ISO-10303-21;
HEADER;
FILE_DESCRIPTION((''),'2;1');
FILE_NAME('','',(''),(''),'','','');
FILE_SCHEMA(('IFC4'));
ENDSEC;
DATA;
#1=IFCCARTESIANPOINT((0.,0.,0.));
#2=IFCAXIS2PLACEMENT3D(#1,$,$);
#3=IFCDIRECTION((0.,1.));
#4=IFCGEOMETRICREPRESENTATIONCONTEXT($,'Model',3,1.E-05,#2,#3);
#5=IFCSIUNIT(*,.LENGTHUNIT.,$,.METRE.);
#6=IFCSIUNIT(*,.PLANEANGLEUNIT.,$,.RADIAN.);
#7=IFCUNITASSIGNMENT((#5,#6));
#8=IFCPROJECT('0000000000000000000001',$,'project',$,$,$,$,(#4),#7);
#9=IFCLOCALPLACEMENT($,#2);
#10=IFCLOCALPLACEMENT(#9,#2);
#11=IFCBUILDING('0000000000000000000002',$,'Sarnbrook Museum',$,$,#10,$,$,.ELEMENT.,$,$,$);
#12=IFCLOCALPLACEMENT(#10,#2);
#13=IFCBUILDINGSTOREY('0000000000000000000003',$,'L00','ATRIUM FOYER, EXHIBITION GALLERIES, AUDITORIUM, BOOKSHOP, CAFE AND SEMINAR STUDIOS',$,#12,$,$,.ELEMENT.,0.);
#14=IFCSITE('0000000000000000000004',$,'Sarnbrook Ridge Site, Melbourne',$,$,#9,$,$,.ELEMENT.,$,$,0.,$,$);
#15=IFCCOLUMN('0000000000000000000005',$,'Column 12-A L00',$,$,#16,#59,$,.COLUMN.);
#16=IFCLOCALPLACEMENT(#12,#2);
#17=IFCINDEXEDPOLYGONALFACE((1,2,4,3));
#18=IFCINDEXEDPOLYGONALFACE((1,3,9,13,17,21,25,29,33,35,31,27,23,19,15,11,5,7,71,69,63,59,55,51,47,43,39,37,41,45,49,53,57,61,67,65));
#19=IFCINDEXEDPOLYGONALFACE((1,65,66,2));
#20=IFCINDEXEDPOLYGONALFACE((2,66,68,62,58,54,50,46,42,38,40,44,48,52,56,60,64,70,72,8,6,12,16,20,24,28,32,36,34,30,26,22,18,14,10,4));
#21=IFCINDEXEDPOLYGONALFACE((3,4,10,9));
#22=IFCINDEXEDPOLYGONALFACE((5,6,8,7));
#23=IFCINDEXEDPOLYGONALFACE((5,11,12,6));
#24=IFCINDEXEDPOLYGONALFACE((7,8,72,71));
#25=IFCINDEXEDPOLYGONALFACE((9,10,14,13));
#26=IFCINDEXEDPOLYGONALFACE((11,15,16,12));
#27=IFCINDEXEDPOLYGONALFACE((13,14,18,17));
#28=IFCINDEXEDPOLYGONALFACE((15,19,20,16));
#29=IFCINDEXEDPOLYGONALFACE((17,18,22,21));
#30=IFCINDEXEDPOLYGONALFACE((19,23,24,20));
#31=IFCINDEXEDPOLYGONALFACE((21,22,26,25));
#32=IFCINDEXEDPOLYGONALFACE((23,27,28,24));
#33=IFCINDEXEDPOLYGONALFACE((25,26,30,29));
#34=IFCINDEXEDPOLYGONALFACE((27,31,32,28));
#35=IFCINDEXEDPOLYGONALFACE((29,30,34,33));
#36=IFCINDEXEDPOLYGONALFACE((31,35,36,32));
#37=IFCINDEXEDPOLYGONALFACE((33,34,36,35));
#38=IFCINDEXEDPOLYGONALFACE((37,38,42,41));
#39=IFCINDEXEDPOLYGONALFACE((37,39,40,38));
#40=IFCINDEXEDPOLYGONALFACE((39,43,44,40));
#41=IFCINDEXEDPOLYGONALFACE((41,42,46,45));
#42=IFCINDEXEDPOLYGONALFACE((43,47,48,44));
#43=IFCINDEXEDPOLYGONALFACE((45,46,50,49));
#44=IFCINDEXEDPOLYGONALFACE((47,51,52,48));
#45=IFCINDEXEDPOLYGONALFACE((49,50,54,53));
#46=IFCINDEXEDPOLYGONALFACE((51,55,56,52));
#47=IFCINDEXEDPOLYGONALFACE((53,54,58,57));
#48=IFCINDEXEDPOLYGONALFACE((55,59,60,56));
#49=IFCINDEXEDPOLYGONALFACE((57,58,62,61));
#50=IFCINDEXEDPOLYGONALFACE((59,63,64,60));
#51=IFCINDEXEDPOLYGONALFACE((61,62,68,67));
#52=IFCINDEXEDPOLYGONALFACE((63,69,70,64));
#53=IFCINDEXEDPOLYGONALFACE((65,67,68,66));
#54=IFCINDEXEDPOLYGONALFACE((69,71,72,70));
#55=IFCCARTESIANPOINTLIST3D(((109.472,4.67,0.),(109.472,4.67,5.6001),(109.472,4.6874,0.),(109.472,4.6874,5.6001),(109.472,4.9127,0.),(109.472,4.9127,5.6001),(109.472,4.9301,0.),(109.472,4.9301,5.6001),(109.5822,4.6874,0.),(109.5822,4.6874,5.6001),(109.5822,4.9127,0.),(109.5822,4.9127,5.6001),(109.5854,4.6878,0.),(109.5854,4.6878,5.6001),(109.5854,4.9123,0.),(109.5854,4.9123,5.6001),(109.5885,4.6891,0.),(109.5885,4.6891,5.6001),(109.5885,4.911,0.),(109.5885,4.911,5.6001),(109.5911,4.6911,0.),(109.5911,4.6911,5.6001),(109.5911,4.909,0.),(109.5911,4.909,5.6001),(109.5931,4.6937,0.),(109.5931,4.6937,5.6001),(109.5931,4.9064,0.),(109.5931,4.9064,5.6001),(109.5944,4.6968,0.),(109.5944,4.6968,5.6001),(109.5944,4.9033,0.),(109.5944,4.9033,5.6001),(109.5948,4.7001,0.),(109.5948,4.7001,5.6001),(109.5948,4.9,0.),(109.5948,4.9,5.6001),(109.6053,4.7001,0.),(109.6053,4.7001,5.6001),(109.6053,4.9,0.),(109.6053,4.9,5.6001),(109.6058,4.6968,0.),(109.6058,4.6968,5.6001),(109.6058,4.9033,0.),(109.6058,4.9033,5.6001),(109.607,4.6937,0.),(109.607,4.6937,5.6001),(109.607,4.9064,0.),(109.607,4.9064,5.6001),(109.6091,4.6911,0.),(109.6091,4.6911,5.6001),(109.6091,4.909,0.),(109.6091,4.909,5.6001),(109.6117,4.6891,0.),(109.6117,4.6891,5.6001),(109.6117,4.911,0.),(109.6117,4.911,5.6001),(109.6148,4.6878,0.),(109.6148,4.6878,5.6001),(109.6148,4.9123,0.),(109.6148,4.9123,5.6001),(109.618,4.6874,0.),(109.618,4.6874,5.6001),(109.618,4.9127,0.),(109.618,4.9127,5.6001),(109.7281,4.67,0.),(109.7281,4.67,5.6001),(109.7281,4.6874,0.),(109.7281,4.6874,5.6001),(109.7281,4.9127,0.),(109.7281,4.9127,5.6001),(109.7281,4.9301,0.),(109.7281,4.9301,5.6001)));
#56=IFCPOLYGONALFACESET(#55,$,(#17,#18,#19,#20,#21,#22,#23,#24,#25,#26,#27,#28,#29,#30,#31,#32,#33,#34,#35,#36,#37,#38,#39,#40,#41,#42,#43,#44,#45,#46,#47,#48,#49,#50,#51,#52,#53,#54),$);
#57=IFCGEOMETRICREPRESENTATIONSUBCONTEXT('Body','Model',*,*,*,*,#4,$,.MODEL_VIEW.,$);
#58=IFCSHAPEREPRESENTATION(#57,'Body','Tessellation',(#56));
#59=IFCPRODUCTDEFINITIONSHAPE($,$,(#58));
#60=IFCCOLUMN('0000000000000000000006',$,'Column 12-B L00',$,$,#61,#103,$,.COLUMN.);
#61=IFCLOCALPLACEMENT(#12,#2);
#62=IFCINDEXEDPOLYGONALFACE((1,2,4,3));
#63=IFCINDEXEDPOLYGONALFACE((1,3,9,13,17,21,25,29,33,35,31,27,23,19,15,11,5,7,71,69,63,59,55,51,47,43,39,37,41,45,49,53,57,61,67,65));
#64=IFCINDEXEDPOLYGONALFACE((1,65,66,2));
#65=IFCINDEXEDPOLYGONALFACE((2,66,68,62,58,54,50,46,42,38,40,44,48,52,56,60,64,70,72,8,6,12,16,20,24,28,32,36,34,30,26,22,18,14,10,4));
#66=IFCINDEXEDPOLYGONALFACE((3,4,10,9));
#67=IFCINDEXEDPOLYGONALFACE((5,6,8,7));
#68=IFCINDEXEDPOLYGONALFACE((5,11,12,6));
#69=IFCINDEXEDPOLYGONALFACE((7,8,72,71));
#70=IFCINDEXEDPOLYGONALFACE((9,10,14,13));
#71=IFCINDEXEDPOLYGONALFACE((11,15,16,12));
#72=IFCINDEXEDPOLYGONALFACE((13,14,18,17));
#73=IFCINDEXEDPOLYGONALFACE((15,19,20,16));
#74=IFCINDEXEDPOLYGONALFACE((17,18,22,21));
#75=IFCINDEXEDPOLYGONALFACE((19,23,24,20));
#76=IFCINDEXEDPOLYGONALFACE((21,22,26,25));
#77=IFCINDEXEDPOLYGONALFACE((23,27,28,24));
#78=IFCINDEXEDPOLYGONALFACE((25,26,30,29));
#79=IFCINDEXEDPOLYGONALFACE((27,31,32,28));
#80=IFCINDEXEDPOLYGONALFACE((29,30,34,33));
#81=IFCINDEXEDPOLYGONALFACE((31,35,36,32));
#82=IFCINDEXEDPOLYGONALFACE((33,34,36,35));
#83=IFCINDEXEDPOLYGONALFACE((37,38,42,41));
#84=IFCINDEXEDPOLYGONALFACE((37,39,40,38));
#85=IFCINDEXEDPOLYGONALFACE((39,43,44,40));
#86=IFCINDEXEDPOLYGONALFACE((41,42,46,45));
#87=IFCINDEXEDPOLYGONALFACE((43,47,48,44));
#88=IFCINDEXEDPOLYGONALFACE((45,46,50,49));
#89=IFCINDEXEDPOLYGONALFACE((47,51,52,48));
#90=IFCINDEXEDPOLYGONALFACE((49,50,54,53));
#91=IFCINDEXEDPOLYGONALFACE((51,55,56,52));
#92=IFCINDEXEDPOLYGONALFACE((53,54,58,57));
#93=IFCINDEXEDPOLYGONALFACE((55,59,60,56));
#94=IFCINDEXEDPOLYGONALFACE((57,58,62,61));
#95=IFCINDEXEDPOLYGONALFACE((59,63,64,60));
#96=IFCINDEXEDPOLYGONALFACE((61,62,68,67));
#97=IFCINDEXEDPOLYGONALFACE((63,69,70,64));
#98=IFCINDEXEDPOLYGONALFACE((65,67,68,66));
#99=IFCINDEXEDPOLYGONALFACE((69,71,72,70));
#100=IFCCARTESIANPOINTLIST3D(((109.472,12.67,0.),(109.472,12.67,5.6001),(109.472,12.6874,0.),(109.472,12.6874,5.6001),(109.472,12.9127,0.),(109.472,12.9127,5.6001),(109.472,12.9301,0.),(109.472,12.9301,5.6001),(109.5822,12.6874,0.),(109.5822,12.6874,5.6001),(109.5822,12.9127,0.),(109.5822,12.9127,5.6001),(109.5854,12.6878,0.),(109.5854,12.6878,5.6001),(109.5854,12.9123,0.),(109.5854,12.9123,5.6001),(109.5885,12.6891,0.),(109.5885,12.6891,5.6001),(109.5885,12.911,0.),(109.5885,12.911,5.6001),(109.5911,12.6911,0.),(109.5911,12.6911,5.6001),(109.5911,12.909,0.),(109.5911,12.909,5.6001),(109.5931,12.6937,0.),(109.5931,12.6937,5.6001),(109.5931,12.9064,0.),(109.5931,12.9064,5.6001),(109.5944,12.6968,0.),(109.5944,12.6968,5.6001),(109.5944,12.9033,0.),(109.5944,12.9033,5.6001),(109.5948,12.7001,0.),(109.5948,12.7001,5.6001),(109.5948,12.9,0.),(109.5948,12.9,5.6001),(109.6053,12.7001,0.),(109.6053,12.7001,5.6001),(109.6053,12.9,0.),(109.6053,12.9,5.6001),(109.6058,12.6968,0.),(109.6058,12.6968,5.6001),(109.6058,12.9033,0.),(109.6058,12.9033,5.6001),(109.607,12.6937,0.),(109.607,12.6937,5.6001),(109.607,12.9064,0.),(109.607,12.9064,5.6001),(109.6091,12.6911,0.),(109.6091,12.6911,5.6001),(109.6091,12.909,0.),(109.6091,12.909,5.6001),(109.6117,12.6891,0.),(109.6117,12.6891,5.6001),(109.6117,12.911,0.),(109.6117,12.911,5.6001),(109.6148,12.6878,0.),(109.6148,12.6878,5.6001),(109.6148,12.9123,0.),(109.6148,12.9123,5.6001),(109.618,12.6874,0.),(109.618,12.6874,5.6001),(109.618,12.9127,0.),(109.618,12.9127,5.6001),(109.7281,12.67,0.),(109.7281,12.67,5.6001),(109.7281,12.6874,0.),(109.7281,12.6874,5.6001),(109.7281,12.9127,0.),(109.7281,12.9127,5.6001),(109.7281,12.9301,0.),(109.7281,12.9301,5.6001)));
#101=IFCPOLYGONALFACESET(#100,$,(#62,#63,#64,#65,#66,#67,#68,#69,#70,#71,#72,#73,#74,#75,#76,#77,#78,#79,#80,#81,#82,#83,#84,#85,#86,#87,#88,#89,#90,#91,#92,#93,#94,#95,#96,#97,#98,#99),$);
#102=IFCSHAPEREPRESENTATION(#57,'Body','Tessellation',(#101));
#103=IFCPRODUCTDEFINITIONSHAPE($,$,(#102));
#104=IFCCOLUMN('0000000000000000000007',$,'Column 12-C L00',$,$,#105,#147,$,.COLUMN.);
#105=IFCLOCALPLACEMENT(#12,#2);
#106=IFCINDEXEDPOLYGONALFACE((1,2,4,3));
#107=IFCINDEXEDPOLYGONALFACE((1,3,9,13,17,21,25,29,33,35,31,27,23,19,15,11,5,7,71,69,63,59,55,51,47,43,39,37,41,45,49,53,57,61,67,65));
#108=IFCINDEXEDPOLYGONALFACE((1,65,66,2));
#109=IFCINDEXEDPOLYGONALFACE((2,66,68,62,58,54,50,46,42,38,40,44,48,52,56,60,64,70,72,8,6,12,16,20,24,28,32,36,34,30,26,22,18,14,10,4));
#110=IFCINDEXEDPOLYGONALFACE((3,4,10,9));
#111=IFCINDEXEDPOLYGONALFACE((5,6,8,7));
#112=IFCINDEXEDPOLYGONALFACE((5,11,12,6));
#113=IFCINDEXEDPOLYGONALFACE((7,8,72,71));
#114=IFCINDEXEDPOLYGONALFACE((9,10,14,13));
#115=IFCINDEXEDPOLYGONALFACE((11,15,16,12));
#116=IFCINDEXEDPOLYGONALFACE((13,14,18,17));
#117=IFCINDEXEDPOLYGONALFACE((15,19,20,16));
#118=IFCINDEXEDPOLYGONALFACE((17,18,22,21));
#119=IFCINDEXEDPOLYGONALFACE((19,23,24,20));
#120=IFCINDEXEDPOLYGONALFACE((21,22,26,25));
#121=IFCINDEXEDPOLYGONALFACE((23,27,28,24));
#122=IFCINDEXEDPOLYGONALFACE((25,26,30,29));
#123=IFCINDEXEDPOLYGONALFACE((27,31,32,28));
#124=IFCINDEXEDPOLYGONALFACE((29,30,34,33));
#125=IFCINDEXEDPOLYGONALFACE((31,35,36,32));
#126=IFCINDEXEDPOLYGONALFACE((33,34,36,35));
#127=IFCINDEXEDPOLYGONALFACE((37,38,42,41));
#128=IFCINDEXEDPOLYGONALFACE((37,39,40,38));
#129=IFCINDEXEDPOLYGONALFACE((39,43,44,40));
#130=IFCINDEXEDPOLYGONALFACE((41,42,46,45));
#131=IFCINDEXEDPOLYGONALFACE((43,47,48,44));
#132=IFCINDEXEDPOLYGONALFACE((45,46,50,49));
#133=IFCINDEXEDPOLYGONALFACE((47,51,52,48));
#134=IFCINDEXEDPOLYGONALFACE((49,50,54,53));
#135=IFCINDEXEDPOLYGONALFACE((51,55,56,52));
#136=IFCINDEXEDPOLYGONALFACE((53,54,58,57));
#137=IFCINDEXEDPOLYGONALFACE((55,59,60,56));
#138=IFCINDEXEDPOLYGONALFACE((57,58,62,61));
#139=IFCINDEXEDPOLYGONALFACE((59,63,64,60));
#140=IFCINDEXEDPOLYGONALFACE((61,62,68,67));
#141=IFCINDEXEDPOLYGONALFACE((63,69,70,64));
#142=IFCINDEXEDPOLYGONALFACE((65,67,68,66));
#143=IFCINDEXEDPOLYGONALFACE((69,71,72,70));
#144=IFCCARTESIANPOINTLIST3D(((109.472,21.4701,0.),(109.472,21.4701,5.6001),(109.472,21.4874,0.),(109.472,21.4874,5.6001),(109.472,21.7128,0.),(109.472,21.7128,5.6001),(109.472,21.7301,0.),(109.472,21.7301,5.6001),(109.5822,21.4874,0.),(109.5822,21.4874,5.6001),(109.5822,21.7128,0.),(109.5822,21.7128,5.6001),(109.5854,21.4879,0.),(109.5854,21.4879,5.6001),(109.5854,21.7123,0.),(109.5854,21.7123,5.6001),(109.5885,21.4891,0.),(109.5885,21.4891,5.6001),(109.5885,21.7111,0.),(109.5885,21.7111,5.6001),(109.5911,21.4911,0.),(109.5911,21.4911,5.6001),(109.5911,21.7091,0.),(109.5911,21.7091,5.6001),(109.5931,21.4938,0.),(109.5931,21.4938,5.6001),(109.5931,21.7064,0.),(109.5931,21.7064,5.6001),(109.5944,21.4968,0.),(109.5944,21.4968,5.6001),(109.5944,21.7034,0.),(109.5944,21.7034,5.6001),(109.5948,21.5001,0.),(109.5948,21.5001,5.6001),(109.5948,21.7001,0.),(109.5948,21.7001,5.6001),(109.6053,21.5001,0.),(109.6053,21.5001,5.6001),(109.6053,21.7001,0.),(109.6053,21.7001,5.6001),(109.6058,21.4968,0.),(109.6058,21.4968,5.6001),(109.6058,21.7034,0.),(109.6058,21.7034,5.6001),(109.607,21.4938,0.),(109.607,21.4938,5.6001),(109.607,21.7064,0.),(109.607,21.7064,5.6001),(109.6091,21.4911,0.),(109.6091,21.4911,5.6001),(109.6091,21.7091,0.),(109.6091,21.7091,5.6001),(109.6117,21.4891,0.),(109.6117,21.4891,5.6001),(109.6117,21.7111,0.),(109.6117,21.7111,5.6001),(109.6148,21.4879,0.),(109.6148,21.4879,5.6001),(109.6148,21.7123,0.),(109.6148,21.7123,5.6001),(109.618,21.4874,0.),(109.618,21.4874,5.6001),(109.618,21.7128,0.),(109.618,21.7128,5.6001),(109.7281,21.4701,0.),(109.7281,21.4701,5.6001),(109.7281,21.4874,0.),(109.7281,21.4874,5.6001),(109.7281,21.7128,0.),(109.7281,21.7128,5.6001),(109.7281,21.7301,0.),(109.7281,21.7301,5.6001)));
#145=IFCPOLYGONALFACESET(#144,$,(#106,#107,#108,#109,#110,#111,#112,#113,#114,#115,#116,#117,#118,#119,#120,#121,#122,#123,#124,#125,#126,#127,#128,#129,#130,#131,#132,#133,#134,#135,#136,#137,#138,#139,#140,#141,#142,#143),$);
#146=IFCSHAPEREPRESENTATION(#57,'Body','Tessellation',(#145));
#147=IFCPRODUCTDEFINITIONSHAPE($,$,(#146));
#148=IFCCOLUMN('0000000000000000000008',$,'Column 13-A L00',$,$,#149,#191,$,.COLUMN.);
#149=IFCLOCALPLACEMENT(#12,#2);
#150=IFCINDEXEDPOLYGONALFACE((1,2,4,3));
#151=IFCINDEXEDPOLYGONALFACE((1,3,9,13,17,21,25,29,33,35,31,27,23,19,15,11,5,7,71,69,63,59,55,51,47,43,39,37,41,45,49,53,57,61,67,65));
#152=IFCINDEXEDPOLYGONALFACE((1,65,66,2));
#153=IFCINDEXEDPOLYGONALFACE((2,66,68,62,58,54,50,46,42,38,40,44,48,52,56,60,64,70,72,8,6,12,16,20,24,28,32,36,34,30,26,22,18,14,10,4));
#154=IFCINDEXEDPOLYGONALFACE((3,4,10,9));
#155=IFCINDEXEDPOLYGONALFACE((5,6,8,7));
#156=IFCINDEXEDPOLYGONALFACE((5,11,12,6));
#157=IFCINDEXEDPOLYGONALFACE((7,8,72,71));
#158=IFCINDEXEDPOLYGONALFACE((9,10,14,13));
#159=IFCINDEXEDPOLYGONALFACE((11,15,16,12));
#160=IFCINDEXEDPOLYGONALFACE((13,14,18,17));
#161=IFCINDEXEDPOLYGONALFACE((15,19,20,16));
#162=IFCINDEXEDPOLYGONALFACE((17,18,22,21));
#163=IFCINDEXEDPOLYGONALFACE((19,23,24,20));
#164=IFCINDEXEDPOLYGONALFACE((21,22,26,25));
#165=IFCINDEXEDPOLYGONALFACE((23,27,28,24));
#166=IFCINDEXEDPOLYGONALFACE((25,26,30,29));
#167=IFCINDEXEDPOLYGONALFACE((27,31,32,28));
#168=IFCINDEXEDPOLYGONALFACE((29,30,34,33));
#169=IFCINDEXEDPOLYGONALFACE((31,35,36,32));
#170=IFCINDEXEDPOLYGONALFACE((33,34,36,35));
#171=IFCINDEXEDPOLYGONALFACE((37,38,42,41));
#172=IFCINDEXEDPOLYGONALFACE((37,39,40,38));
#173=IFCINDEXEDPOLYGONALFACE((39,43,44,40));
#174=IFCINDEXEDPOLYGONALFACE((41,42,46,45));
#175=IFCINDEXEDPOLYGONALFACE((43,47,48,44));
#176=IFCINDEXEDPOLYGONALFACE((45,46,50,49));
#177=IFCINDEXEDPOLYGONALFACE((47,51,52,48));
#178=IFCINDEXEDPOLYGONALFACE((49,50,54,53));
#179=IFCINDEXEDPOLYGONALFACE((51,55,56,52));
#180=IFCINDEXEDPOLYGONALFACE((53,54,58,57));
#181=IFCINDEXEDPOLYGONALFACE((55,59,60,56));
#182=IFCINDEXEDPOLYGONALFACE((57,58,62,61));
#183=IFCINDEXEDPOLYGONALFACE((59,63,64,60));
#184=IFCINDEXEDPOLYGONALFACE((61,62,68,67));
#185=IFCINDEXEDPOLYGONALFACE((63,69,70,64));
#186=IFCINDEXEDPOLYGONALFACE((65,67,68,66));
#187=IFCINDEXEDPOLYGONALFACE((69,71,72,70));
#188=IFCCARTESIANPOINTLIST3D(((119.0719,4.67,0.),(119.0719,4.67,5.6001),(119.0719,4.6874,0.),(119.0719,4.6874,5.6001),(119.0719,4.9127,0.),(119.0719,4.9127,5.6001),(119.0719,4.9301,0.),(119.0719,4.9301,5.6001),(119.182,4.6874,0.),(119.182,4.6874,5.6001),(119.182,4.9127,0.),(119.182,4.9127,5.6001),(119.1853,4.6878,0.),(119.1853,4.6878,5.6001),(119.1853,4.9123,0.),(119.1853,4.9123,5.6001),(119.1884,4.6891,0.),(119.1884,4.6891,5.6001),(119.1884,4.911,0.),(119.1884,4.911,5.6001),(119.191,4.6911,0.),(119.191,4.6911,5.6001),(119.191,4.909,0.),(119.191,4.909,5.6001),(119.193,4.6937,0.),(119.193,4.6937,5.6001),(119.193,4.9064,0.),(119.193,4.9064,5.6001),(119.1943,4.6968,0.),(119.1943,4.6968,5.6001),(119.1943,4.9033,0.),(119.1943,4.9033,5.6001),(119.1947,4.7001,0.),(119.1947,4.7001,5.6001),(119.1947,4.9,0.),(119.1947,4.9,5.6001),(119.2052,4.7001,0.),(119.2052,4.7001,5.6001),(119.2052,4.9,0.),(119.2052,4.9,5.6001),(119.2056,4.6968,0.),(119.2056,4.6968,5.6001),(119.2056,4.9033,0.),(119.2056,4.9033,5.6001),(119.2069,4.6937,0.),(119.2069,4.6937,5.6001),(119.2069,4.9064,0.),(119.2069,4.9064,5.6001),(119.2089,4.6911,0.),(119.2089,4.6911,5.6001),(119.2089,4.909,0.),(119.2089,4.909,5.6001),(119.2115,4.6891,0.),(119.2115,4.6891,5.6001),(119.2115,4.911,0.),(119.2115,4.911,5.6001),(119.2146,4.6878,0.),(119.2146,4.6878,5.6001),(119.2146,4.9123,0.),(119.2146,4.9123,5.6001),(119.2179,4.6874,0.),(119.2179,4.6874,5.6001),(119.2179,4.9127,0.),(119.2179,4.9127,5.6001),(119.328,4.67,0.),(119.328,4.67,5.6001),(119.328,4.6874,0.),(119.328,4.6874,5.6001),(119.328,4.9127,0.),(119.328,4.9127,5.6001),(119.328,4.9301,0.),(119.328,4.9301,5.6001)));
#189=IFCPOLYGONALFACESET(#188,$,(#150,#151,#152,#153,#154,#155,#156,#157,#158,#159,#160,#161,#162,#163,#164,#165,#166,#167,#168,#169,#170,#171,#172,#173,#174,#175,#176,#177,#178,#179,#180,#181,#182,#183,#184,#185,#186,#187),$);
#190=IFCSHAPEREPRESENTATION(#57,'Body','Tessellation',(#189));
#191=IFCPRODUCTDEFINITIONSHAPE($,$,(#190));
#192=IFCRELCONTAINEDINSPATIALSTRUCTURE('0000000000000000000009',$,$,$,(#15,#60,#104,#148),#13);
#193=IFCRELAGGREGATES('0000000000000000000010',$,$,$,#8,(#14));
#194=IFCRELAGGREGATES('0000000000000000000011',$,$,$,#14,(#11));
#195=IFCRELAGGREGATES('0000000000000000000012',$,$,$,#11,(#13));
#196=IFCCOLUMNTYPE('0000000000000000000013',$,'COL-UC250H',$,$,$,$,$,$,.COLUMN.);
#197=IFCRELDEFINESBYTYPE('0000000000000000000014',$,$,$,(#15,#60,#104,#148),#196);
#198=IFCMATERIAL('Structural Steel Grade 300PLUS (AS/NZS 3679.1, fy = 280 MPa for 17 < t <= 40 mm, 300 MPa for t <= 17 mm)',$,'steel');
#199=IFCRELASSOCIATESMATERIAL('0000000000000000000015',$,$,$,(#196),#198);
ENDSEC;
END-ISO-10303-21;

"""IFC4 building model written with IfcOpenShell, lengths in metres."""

from ifc_helpers import new_model, si_unit, direction, frame, origin, origin_2d, place, context, subcontext, project, spatial, i_section, extrude, material, material_profile, profile_set, type_object, element, save


model = new_model("IFC4")

# Units and contexts
model_context = context("Model", 3, precision=1e-05, world=origin(), true_north=direction((0.0, 1.0)))
body_context = subcontext(model_context, "Body", "Model", "MODEL_VIEW")
ifc_project = project(units=[si_unit("LENGTHUNIT", "METRE"), si_unit("PLANEANGLEUNIT", "RADIAN")], contexts=[model_context])

# Site, building, storey
site_placement = place(None, origin())
site = spatial("IfcSite", under=ifc_project, at=site_placement, Name="Sarnbrook Ridge Site, Melbourne", CompositionType="ELEMENT", RefElevation=0.0)
building_placement = place(site_placement, origin())
building = spatial("IfcBuilding", under=site, at=building_placement, Name="Sarnbrook Museum", CompositionType="ELEMENT")
storey_placement = place(building_placement, origin())
storey = spatial("IfcBuildingStorey", under=building, at=storey_placement, Name="L00", Description="ATRIUM FOYER, EXHIBITION GALLERIES, AUDITORIUM, BOOKSHOP, CAFE AND SEMINAR STUDIOS", CompositionType="ELEMENT", Elevation=0.0)

# Columns
ifc_material_1 = material(Name="Structural Steel Grade 300PLUS (AS/NZS 3679.1, fy = 280 MPa for 17 < t <= 40 mm, 300 MPa for t <= 17 mm)", Category="steel")
ifc_material_profile_1 = material_profile(ifc_material_1, i_section(OverallWidth=0.2561, OverallDepth=0.26, WebThickness=0.0105, FlangeThickness=0.0173, FilletRadius=0.0127, at=origin_2d()), Name="250UC89.5")
ifc_profile_set_1 = profile_set([ifc_material_profile_1], Name="Structural Steel Grade 300PLUS (AS/NZS 3679.1, fy = 280 MPa for 17 < t <= 40 mm, 300 MPa for t <= 17 mm)")
column_type = type_object("IfcColumnType", Name="COL-UC250H", PredefinedType="COLUMN", material=ifc_profile_set_1)
for number, where, z_axis, x_axis, name in (
    (1, (109.6001, 4.8, 0.0), (0.0, 0.0, 1.0), (1.0, 0.0, 0.0), "Column 12-A L00"),
    (2, (109.6001, 12.8, 0.0), (0.0, 0.0, 1.0), (1.0, 0.0, 0.0), "Column 12-B L00"),
    (3, (109.6001, 21.6001, 0.0), (0.0, 0.0, 1.0), (1.0, 0.0, 0.0), "Column 12-C L00"),
    (4, (119.2, 4.8, 0.0), (0.0, 0.0, 1.0), (1.0, 0.0, 0.0), "Column 13-A L00"),
):
    element("IfcColumn", number, at=place(storey_placement, frame(where, z_axis=z_axis, x_axis=x_axis)), inside=storey, type_object=column_type, Name=name, PredefinedType="COLUMN", context=body_context, shape_type="SweptSolid", body=[
        extrude(i_section(OverallWidth=0.2561, OverallDepth=0.26, WebThickness=0.0105, FlangeThickness=0.0173, FilletRadius=0.0127, at=origin_2d()), origin(), (0.0, 0.0, 1.0), 5.6001),
    ])

save(model, "model.ifc")
